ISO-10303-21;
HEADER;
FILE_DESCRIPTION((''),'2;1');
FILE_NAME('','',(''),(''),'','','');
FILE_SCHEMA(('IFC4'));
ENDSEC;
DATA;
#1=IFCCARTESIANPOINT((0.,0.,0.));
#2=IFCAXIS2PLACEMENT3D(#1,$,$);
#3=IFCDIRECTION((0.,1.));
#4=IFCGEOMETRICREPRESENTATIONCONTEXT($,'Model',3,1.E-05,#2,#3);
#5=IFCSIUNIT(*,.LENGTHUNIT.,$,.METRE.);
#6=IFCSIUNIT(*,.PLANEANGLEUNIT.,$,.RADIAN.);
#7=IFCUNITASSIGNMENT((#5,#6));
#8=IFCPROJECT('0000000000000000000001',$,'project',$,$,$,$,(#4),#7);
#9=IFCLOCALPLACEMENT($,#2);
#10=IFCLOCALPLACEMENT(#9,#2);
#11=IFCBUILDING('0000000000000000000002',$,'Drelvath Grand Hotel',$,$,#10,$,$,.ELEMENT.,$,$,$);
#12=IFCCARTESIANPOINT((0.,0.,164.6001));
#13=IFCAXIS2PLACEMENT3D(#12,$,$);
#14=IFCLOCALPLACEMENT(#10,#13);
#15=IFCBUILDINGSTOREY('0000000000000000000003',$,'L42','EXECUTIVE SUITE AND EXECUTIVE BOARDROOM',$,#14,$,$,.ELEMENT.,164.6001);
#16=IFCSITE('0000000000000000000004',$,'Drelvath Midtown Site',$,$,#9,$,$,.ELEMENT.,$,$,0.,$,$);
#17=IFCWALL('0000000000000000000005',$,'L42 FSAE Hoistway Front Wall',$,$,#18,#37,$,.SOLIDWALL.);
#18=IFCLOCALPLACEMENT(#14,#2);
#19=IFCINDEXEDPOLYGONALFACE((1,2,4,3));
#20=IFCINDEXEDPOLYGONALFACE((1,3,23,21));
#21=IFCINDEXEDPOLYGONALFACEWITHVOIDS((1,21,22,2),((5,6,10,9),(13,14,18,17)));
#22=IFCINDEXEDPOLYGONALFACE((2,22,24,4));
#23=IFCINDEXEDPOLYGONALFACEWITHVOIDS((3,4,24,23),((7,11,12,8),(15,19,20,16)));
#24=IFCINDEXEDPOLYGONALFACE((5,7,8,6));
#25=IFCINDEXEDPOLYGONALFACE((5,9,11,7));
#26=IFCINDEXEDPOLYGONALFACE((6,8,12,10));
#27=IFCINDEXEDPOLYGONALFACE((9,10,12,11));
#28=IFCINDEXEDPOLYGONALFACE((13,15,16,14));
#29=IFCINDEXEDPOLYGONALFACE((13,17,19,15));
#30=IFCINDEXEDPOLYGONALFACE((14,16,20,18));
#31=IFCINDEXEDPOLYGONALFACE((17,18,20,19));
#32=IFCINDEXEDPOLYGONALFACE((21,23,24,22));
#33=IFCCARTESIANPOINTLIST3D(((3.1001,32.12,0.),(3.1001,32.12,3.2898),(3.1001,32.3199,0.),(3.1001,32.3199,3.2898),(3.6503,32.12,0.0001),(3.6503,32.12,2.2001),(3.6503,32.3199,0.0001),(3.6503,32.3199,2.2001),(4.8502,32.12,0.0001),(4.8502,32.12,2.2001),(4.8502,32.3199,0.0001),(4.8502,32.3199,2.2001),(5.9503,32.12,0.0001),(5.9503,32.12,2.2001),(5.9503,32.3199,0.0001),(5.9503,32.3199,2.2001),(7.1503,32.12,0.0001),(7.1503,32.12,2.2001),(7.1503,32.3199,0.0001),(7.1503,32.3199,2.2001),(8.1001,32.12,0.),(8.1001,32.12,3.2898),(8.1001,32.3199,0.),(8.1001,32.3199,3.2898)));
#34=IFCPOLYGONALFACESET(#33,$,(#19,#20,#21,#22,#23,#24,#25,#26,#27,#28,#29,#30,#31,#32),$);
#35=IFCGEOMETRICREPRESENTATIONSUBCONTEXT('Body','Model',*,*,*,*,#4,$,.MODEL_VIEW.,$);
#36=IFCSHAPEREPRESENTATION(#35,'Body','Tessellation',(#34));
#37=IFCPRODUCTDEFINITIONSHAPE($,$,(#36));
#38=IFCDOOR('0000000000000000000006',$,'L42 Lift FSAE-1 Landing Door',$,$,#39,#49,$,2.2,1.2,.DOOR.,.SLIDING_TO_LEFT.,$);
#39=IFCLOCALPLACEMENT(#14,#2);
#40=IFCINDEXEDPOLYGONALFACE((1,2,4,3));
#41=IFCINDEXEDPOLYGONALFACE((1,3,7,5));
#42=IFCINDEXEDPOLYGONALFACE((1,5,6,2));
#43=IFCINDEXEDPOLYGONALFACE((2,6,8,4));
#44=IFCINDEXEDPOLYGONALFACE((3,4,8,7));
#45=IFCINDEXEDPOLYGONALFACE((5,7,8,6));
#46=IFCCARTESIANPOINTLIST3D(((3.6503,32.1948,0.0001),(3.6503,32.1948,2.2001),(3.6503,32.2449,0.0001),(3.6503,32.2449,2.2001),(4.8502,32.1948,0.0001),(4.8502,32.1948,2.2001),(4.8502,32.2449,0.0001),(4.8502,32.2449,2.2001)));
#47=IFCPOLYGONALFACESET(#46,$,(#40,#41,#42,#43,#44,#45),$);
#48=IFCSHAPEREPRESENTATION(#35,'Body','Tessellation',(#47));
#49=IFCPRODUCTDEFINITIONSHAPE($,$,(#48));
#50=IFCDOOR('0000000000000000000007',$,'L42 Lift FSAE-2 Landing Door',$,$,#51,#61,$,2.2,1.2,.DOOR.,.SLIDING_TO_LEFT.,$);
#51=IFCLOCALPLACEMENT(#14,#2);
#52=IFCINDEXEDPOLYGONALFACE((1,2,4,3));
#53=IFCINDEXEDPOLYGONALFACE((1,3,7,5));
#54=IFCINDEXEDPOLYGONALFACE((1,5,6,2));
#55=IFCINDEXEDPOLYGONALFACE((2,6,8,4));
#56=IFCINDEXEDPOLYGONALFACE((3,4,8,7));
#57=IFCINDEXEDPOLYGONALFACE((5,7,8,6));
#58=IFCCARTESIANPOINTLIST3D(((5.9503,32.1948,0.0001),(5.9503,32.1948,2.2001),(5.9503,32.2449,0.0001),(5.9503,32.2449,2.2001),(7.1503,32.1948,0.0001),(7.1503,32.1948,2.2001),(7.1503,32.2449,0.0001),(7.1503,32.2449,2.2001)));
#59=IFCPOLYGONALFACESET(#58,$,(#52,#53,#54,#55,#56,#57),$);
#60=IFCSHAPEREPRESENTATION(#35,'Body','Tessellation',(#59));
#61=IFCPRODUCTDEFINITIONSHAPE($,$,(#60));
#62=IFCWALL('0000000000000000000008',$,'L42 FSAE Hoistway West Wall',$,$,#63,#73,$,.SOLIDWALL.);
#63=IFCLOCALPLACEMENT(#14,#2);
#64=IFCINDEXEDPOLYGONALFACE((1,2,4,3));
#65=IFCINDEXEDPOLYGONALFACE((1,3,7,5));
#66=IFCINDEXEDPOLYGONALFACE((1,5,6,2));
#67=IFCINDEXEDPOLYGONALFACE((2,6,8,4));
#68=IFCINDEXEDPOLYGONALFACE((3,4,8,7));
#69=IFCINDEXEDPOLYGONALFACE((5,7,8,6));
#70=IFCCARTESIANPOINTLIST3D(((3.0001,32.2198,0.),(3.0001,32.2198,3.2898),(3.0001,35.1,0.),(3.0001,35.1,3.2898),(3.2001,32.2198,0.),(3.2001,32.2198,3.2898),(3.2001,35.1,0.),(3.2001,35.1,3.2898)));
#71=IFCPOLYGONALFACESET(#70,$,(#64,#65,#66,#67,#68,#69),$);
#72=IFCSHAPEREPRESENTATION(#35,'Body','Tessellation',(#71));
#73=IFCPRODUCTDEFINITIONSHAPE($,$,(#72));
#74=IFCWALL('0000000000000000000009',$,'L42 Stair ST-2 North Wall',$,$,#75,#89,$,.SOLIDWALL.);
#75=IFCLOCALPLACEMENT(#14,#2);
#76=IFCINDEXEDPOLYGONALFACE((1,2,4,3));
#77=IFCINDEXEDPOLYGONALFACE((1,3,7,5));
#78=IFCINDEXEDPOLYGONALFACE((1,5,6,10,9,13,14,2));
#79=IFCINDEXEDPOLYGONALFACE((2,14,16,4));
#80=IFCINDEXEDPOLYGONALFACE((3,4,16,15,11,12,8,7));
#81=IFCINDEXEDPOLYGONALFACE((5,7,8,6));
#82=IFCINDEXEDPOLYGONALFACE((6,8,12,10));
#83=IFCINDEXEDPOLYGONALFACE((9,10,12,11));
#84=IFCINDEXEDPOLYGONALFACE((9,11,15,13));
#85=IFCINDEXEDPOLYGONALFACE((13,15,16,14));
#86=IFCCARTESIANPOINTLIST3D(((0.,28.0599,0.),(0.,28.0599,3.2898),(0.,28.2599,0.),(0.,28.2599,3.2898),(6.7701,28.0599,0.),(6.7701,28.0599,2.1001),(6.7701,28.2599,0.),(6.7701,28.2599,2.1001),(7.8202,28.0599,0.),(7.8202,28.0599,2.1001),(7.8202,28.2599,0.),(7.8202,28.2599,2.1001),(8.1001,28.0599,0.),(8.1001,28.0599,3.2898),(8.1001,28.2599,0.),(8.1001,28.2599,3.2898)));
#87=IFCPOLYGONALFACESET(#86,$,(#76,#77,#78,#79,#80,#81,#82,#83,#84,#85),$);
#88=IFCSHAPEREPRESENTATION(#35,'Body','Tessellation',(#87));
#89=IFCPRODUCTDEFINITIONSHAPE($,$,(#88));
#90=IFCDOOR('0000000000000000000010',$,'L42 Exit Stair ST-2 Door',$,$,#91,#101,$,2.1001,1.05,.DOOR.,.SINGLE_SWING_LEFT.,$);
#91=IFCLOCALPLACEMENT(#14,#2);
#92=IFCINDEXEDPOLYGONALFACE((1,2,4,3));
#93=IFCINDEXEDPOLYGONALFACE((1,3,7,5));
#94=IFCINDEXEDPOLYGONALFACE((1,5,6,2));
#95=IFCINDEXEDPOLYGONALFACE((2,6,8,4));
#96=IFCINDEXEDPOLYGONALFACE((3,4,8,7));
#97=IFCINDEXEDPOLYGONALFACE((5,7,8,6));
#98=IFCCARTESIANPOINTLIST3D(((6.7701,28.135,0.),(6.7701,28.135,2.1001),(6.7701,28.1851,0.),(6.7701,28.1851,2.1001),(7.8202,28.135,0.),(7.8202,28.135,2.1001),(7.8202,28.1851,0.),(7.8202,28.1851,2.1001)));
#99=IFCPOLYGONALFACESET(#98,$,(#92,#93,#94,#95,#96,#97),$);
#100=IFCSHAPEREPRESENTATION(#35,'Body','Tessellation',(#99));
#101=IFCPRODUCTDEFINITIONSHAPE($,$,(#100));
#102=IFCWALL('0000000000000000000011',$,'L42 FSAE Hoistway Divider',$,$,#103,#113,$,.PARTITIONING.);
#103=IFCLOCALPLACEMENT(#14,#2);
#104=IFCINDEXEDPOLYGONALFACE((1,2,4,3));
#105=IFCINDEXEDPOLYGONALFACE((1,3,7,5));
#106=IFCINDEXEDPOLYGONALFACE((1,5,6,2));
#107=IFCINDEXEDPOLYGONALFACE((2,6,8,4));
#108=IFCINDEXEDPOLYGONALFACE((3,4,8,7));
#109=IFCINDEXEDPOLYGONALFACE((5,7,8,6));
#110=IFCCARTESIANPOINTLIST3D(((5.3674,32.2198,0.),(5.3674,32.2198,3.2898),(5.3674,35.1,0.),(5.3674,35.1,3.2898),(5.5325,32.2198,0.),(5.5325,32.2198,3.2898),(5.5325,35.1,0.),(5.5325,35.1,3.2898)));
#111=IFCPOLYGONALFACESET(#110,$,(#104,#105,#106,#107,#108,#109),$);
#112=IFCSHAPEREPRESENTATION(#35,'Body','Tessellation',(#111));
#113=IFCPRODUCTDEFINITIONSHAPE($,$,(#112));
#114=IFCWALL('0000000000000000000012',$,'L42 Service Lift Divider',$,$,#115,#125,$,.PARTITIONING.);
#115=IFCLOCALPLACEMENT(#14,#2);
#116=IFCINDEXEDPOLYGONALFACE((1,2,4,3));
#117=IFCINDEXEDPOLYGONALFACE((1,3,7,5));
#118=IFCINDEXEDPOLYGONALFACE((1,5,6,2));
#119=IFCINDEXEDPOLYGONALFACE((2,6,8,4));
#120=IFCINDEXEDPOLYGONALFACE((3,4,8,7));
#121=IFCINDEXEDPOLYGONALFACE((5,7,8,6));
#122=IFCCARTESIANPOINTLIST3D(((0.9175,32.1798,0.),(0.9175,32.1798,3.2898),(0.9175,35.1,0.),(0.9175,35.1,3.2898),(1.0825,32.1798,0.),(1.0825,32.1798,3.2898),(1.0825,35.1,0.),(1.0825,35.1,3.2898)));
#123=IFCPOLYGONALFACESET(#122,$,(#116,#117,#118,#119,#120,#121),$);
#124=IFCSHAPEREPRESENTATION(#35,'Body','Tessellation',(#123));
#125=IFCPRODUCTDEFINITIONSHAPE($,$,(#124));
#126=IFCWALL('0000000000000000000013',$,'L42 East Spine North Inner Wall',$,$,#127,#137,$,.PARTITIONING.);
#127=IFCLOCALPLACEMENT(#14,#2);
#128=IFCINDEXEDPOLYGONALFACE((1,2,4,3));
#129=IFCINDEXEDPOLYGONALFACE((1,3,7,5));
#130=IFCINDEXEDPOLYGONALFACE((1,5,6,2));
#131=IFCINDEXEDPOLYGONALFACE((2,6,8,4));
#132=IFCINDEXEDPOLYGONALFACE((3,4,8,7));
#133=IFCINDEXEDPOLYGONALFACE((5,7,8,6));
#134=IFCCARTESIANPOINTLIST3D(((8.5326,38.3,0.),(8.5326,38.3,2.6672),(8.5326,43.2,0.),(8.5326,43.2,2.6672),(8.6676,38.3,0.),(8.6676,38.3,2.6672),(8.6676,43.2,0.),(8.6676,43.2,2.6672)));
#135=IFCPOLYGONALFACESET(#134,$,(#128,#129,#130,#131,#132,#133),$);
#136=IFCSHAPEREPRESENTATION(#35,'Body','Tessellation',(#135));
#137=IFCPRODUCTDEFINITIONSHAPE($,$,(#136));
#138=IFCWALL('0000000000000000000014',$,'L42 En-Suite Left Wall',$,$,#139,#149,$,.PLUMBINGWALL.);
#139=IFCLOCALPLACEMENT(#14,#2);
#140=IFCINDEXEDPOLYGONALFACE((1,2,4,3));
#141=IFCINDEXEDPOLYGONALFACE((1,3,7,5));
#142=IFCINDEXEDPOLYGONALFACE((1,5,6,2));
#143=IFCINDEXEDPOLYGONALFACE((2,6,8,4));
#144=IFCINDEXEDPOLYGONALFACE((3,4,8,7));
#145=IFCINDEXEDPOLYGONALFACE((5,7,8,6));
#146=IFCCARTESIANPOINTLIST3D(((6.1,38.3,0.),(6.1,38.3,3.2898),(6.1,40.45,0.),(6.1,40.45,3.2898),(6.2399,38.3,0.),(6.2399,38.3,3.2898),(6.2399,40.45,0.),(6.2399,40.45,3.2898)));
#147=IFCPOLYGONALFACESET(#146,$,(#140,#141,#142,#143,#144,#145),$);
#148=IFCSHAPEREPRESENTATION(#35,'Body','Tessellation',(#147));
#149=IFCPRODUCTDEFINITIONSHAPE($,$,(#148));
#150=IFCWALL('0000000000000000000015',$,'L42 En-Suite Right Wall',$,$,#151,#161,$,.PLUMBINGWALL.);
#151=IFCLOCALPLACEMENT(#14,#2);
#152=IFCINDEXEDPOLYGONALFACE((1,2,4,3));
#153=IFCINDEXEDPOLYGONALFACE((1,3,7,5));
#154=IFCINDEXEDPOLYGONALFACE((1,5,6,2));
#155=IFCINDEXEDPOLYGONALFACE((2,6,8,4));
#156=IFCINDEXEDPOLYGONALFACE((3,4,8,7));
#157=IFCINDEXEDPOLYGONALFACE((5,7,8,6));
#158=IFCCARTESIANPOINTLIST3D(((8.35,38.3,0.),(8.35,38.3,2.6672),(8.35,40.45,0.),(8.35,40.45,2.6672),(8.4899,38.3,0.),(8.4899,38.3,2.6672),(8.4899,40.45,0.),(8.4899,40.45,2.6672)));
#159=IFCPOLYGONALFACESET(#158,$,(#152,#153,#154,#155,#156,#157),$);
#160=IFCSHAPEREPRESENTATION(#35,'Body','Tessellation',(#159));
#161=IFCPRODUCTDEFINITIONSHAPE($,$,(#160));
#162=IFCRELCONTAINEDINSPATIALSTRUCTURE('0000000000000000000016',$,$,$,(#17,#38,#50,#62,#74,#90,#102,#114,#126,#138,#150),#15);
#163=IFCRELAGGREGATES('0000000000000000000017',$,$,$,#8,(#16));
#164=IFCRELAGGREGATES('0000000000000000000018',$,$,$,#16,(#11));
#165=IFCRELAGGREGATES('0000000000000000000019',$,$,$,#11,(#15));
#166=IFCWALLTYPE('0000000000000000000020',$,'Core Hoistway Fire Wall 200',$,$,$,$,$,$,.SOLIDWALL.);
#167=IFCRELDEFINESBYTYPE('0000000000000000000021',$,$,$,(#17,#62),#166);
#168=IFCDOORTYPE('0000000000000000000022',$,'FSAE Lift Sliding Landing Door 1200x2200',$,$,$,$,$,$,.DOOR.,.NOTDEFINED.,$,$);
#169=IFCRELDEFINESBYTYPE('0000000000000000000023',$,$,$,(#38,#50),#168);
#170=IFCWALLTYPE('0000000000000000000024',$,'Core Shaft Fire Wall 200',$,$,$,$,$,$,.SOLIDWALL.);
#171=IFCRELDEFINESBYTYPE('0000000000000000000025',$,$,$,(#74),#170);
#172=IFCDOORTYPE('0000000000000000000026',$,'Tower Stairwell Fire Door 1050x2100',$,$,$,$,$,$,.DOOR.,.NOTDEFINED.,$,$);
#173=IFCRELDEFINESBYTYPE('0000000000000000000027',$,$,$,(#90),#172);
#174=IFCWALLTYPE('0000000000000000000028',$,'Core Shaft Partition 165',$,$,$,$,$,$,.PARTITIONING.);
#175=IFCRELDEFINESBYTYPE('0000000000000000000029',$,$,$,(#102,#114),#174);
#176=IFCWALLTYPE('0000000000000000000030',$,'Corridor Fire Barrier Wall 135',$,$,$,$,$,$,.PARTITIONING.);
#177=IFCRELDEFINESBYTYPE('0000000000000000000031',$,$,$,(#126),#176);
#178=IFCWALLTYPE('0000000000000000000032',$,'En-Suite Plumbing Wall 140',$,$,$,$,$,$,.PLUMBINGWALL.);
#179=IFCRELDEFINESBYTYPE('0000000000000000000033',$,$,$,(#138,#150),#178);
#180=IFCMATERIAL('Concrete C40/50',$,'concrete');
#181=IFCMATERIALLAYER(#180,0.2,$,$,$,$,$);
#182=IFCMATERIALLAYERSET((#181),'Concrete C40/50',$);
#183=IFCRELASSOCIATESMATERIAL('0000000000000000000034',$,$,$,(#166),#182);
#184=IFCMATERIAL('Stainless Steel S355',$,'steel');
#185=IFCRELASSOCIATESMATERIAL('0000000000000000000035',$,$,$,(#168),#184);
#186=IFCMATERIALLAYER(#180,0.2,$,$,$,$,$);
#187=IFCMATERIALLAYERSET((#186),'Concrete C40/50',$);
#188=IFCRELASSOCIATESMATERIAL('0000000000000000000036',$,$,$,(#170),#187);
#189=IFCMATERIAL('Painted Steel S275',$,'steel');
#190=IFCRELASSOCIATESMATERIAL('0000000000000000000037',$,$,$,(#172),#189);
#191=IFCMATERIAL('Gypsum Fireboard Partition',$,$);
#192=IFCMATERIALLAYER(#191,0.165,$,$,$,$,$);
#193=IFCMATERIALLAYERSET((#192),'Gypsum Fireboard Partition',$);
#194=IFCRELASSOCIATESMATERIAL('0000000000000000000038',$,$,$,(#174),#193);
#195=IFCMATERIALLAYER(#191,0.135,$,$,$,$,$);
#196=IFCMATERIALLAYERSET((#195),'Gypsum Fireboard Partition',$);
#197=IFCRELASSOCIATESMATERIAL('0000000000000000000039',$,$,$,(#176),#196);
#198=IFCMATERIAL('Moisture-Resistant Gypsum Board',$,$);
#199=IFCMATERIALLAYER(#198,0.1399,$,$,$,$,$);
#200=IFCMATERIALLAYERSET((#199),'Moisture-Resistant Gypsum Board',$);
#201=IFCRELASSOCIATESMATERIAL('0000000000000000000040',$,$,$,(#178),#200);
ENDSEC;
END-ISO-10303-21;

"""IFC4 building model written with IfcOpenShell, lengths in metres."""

from ifc_helpers import new_model, si_unit, direction, frame, frame_2d, origin, place, context, subcontext, project, spatial, rectangle, extrude, material, layer, layer_set, type_object, element, fill, save


model = new_model("IFC4")

# Units and contexts
model_context = context("Model", 3, precision=1e-05, world=origin(), true_north=direction((0.0, 1.0)))
body_context = subcontext(model_context, "Body", "Model", "MODEL_VIEW")
ifc_project = project(units=[si_unit("LENGTHUNIT", "METRE"), si_unit("PLANEANGLEUNIT", "RADIAN")], contexts=[model_context])

# Site, building, storey
site_placement = place(None, origin())
site = spatial("IfcSite", under=ifc_project, at=site_placement, Name="Drelvath Midtown Site", CompositionType="ELEMENT", RefElevation=0.0)
building_placement = place(site_placement, origin())
building = spatial("IfcBuilding", under=site, at=building_placement, Name="Drelvath Grand Hotel", CompositionType="ELEMENT")
storey_placement = place(building_placement, frame((0.0, 0.0, 164.6001)))
storey = spatial("IfcBuildingStorey", under=building, at=storey_placement, Name="L42", Description="EXECUTIVE SUITE AND EXECUTIVE BOARDROOM", CompositionType="ELEMENT", Elevation=164.6001)

# Wall, openings, doors
ifc_material_1 = material(Name="Concrete C40/50", Category="concrete")
ifc_layer_1 = layer(ifc_material_1, 0.2)
ifc_layer_set_1 = layer_set([ifc_layer_1], Name="Concrete C40/50")
wall_type_1 = type_object("IfcWallType", Name="Core Hoistway Fire Wall 200", PredefinedType="SOLIDWALL", material=ifc_layer_set_1)
wall_1_placement = place(storey_placement, frame((3.1001, 32.22, 0.0), z_axis=(0.0, 0.0, 1.0), x_axis=(1.0, 0.0, 0.0)))
wall_1 = element("IfcWall", 1, at=wall_1_placement, inside=storey, type_object=wall_type_1, Name="L42 FSAE Hoistway Front Wall", PredefinedType="SOLIDWALL", context=body_context, shape_type="SweptSolid", body=[
    extrude(rectangle(XDim=5.0, YDim=0.2, at=frame_2d((2.5, 0.0))), origin(), (0.0, 0.0, 1.0), 3.2898),
])
opening_1_placement = place(wall_1_placement, frame((0.55, 0.0, 0.0)))
opening_1 = element("IfcOpeningElement", 2, at=opening_1_placement, cuts=wall_1, PredefinedType="OPENING", context=body_context, shape_type="SweptSolid", body=[
    extrude(rectangle(XDim=1.2, YDim=2.2, at=frame_2d((0.6001, 1.1001))), frame((0.0, 0.1099, 0.0), z_axis=(0.0, -1.0, 0.0), x_axis=(1.0, 0.0, 0.0)), (0.0, 0.0, 1.0), 0.22),
])
opening_2_placement = place(wall_1_placement, frame((2.8501, 0.0, 0.0)))
opening_2 = element("IfcOpeningElement", 3, at=opening_2_placement, cuts=wall_1, PredefinedType="OPENING", context=body_context, shape_type="SweptSolid", body=[
    extrude(rectangle(XDim=1.2, YDim=2.2, at=frame_2d((0.6001, 1.1001))), frame((0.0, 0.1099, 0.0), z_axis=(0.0, -1.0, 0.0), x_axis=(1.0, 0.0, 0.0)), (0.0, 0.0, 1.0), 0.22),
])
ifc_material_2 = material(Name="Stainless Steel S355", Category="steel")
door_type_1 = type_object("IfcDoorType", Name="FSAE Lift Sliding Landing Door 1200x2200", OperationType="NOTDEFINED", PredefinedType="DOOR", material=ifc_material_2)
door_1_placement = place(opening_1_placement, origin())
door_1 = element("IfcDoor", 4, at=door_1_placement, inside=storey, type_object=door_type_1, Name="L42 Lift FSAE-1 Landing Door", OperationType="SLIDING_TO_LEFT", OverallHeight=2.2, OverallWidth=1.2, PredefinedType="DOOR", context=body_context, shape_type="SweptSolid", body=[
    extrude(rectangle(XDim=1.2, YDim=2.2, at=frame_2d((0.6001, 1.1001))), frame((0.0, 0.0249, 0.0), z_axis=(0.0, -1.0, 0.0), x_axis=(1.0, 0.0, 0.0)), (0.0, 0.0, 1.0), 0.05),
])
fill(opening_1, door_1)
door_2_placement = place(opening_2_placement, origin())
door_2 = element("IfcDoor", 5, at=door_2_placement, inside=storey, type_object=door_type_1, Name="L42 Lift FSAE-2 Landing Door", OperationType="SLIDING_TO_LEFT", OverallHeight=2.2, OverallWidth=1.2, PredefinedType="DOOR", context=body_context, shape_type="SweptSolid", body=[
    extrude(rectangle(XDim=1.2, YDim=2.2, at=frame_2d((0.6001, 1.1001))), frame((0.0, 0.0249, 0.0), z_axis=(0.0, -1.0, 0.0), x_axis=(1.0, 0.0, 0.0)), (0.0, 0.0, 1.0), 0.05),
])
fill(opening_2, door_2)

# Wall
wall_2_placement = place(storey_placement, frame((3.1001, 32.22, 0.0), z_axis=(0.0, 0.0, 1.0), x_axis=(0.0, 1.0, 0.0)))
element("IfcWall", 6, at=wall_2_placement, inside=storey, type_object=wall_type_1, Name="L42 FSAE Hoistway West Wall", PredefinedType="SOLIDWALL", context=body_context, shape_type="SweptSolid", body=[
    extrude(rectangle(XDim=2.8801, YDim=0.2, at=frame_2d((1.4399, 0.0))), origin(), (0.0, 0.0, 1.0), 3.2898),
])

# Wall, opening, door
ifc_layer_2 = layer(ifc_material_1, 0.2)
ifc_layer_set_2 = layer_set([ifc_layer_2], Name="Concrete C40/50")
wall_type_2 = type_object("IfcWallType", Name="Core Shaft Fire Wall 200", PredefinedType="SOLIDWALL", material=ifc_layer_set_2)
wall_3_placement = place(storey_placement, frame((8.1001, 28.1599, 0.0), z_axis=(0.0, 0.0, 1.0), x_axis=(-1.0, 0.0, 0.0)))
wall_3 = element("IfcWall", 7, at=wall_3_placement, inside=storey, type_object=wall_type_2, Name="L42 Stair ST-2 North Wall", PredefinedType="SOLIDWALL", context=body_context, shape_type="SweptSolid", body=[
    extrude(rectangle(XDim=8.1001, YDim=0.2, at=frame_2d((4.05, 0.0))), origin(), (0.0, 0.0, 1.0), 3.2898),
])
opening_3_placement = place(wall_3_placement, frame((0.28, 0.0, 0.0)))
opening_3 = element("IfcOpeningElement", 8, at=opening_3_placement, cuts=wall_3, PredefinedType="OPENING", context=body_context, shape_type="SweptSolid", body=[
    extrude(rectangle(XDim=1.05, YDim=2.1001, at=frame_2d((0.5249, 1.05))), frame((0.0, 0.1099, 0.0), z_axis=(0.0, -1.0, 0.0), x_axis=(1.0, 0.0, 0.0)), (0.0, 0.0, 1.0), 0.22),
])
ifc_material_3 = material(Name="Painted Steel S275", Category="steel")
door_type_2 = type_object("IfcDoorType", Name="Tower Stairwell Fire Door 1050x2100", OperationType="NOTDEFINED", PredefinedType="DOOR", material=ifc_material_3)
door_3_placement = place(opening_3_placement, origin())
door_3 = element("IfcDoor", 9, at=door_3_placement, inside=storey, type_object=door_type_2, Name="L42 Exit Stair ST-2 Door", OperationType="SINGLE_SWING_LEFT", OverallHeight=2.1001, OverallWidth=1.05, PredefinedType="DOOR", context=body_context, shape_type="SweptSolid", body=[
    extrude(rectangle(XDim=1.05, YDim=2.1001, at=frame_2d((0.5249, 1.05))), frame((0.0, 0.0249, 0.0), z_axis=(0.0, -1.0, 0.0), x_axis=(1.0, 0.0, 0.0)), (0.0, 0.0, 1.0), 0.05),
])
fill(opening_3, door_3)

# Walls
ifc_material_4 = material(Name="Gypsum Fireboard Partition")
ifc_layer_3 = layer(ifc_material_4, 0.165)
ifc_layer_set_3 = layer_set([ifc_layer_3], Name="Gypsum Fireboard Partition")
wall_type_3 = type_object("IfcWallType", Name="Core Shaft Partition 165", PredefinedType="PARTITIONING", material=ifc_layer_set_3)
wall_4_placement = place(storey_placement, frame((5.45, 32.22, 0.0), z_axis=(0.0, 0.0, 1.0), x_axis=(0.0, 1.0, 0.0)))
element("IfcWall", 10, at=wall_4_placement, inside=storey, type_object=wall_type_3, Name="L42 FSAE Hoistway Divider", PredefinedType="PARTITIONING", context=body_context, shape_type="SweptSolid", body=[
    extrude(rectangle(XDim=2.8801, YDim=0.165, at=frame_2d((1.4399, 0.0))), origin(), (0.0, 0.0, 1.0), 3.2898),
])
wall_5_placement = place(storey_placement, frame((1.0, 32.1799, 0.0), z_axis=(0.0, 0.0, 1.0), x_axis=(0.0, 1.0, 0.0)))
element("IfcWall", 11, at=wall_5_placement, inside=storey, type_object=wall_type_3, Name="L42 Service Lift Divider", PredefinedType="PARTITIONING", context=body_context, shape_type="SweptSolid", body=[
    extrude(rectangle(XDim=2.9202, YDim=0.165, at=frame_2d((1.46, 0.0))), origin(), (0.0, 0.0, 1.0), 3.2898),
])
ifc_layer_4 = layer(ifc_material_4, 0.135)
ifc_layer_set_4 = layer_set([ifc_layer_4], Name="Gypsum Fireboard Partition")
wall_type_4 = type_object("IfcWallType", Name="Corridor Fire Barrier Wall 135", PredefinedType="PARTITIONING", material=ifc_layer_set_4)
wall_6_placement = place(storey_placement, frame((8.6001, 38.3, 0.0), z_axis=(0.0, 0.0, 1.0), x_axis=(0.0, 1.0, 0.0)))
element("IfcWall", 12, at=wall_6_placement, inside=storey, type_object=wall_type_4, Name="L42 East Spine North Inner Wall", PredefinedType="PARTITIONING", context=body_context, shape_type="SweptSolid", body=[
    extrude(rectangle(XDim=4.8999, YDim=0.135, at=frame_2d((2.45, 0.0))), origin(), (0.0, 0.0, 1.0), 2.6672),
])
ifc_material_5 = material(Name="Moisture-Resistant Gypsum Board")
ifc_layer_5 = layer(ifc_material_5, 0.1399)
ifc_layer_set_5 = layer_set([ifc_layer_5], Name="Moisture-Resistant Gypsum Board")
wall_type_5 = type_object("IfcWallType", Name="En-Suite Plumbing Wall 140", PredefinedType="PLUMBINGWALL", material=ifc_layer_set_5)
wall_7_placement = place(storey_placement, frame((6.1699, 38.3, 0.0), z_axis=(0.0, 0.0, 1.0), x_axis=(0.0, 1.0, 0.0)))
element("IfcWall", 13, at=wall_7_placement, inside=storey, type_object=wall_type_5, Name="L42 En-Suite Left Wall", PredefinedType="PLUMBINGWALL", context=body_context, shape_type="SweptSolid", body=[
    extrude(rectangle(XDim=2.1499, YDim=0.1399, at=frame_2d((1.075, 0.0))), origin(), (0.0, 0.0, 1.0), 3.2898),
])
wall_8_placement = place(storey_placement, frame((8.4199, 38.3, 0.0), z_axis=(0.0, 0.0, 1.0), x_axis=(0.0, 1.0, 0.0)))
element("IfcWall", 14, at=wall_8_placement, inside=storey, type_object=wall_type_5, Name="L42 En-Suite Right Wall", PredefinedType="PLUMBINGWALL", context=body_context, shape_type="SweptSolid", body=[
    extrude(rectangle(XDim=2.1499, YDim=0.1399, at=frame_2d((1.075, 0.0))), origin(), (0.0, 0.0, 1.0), 2.6672),
])

save(model, "model.ifc")
